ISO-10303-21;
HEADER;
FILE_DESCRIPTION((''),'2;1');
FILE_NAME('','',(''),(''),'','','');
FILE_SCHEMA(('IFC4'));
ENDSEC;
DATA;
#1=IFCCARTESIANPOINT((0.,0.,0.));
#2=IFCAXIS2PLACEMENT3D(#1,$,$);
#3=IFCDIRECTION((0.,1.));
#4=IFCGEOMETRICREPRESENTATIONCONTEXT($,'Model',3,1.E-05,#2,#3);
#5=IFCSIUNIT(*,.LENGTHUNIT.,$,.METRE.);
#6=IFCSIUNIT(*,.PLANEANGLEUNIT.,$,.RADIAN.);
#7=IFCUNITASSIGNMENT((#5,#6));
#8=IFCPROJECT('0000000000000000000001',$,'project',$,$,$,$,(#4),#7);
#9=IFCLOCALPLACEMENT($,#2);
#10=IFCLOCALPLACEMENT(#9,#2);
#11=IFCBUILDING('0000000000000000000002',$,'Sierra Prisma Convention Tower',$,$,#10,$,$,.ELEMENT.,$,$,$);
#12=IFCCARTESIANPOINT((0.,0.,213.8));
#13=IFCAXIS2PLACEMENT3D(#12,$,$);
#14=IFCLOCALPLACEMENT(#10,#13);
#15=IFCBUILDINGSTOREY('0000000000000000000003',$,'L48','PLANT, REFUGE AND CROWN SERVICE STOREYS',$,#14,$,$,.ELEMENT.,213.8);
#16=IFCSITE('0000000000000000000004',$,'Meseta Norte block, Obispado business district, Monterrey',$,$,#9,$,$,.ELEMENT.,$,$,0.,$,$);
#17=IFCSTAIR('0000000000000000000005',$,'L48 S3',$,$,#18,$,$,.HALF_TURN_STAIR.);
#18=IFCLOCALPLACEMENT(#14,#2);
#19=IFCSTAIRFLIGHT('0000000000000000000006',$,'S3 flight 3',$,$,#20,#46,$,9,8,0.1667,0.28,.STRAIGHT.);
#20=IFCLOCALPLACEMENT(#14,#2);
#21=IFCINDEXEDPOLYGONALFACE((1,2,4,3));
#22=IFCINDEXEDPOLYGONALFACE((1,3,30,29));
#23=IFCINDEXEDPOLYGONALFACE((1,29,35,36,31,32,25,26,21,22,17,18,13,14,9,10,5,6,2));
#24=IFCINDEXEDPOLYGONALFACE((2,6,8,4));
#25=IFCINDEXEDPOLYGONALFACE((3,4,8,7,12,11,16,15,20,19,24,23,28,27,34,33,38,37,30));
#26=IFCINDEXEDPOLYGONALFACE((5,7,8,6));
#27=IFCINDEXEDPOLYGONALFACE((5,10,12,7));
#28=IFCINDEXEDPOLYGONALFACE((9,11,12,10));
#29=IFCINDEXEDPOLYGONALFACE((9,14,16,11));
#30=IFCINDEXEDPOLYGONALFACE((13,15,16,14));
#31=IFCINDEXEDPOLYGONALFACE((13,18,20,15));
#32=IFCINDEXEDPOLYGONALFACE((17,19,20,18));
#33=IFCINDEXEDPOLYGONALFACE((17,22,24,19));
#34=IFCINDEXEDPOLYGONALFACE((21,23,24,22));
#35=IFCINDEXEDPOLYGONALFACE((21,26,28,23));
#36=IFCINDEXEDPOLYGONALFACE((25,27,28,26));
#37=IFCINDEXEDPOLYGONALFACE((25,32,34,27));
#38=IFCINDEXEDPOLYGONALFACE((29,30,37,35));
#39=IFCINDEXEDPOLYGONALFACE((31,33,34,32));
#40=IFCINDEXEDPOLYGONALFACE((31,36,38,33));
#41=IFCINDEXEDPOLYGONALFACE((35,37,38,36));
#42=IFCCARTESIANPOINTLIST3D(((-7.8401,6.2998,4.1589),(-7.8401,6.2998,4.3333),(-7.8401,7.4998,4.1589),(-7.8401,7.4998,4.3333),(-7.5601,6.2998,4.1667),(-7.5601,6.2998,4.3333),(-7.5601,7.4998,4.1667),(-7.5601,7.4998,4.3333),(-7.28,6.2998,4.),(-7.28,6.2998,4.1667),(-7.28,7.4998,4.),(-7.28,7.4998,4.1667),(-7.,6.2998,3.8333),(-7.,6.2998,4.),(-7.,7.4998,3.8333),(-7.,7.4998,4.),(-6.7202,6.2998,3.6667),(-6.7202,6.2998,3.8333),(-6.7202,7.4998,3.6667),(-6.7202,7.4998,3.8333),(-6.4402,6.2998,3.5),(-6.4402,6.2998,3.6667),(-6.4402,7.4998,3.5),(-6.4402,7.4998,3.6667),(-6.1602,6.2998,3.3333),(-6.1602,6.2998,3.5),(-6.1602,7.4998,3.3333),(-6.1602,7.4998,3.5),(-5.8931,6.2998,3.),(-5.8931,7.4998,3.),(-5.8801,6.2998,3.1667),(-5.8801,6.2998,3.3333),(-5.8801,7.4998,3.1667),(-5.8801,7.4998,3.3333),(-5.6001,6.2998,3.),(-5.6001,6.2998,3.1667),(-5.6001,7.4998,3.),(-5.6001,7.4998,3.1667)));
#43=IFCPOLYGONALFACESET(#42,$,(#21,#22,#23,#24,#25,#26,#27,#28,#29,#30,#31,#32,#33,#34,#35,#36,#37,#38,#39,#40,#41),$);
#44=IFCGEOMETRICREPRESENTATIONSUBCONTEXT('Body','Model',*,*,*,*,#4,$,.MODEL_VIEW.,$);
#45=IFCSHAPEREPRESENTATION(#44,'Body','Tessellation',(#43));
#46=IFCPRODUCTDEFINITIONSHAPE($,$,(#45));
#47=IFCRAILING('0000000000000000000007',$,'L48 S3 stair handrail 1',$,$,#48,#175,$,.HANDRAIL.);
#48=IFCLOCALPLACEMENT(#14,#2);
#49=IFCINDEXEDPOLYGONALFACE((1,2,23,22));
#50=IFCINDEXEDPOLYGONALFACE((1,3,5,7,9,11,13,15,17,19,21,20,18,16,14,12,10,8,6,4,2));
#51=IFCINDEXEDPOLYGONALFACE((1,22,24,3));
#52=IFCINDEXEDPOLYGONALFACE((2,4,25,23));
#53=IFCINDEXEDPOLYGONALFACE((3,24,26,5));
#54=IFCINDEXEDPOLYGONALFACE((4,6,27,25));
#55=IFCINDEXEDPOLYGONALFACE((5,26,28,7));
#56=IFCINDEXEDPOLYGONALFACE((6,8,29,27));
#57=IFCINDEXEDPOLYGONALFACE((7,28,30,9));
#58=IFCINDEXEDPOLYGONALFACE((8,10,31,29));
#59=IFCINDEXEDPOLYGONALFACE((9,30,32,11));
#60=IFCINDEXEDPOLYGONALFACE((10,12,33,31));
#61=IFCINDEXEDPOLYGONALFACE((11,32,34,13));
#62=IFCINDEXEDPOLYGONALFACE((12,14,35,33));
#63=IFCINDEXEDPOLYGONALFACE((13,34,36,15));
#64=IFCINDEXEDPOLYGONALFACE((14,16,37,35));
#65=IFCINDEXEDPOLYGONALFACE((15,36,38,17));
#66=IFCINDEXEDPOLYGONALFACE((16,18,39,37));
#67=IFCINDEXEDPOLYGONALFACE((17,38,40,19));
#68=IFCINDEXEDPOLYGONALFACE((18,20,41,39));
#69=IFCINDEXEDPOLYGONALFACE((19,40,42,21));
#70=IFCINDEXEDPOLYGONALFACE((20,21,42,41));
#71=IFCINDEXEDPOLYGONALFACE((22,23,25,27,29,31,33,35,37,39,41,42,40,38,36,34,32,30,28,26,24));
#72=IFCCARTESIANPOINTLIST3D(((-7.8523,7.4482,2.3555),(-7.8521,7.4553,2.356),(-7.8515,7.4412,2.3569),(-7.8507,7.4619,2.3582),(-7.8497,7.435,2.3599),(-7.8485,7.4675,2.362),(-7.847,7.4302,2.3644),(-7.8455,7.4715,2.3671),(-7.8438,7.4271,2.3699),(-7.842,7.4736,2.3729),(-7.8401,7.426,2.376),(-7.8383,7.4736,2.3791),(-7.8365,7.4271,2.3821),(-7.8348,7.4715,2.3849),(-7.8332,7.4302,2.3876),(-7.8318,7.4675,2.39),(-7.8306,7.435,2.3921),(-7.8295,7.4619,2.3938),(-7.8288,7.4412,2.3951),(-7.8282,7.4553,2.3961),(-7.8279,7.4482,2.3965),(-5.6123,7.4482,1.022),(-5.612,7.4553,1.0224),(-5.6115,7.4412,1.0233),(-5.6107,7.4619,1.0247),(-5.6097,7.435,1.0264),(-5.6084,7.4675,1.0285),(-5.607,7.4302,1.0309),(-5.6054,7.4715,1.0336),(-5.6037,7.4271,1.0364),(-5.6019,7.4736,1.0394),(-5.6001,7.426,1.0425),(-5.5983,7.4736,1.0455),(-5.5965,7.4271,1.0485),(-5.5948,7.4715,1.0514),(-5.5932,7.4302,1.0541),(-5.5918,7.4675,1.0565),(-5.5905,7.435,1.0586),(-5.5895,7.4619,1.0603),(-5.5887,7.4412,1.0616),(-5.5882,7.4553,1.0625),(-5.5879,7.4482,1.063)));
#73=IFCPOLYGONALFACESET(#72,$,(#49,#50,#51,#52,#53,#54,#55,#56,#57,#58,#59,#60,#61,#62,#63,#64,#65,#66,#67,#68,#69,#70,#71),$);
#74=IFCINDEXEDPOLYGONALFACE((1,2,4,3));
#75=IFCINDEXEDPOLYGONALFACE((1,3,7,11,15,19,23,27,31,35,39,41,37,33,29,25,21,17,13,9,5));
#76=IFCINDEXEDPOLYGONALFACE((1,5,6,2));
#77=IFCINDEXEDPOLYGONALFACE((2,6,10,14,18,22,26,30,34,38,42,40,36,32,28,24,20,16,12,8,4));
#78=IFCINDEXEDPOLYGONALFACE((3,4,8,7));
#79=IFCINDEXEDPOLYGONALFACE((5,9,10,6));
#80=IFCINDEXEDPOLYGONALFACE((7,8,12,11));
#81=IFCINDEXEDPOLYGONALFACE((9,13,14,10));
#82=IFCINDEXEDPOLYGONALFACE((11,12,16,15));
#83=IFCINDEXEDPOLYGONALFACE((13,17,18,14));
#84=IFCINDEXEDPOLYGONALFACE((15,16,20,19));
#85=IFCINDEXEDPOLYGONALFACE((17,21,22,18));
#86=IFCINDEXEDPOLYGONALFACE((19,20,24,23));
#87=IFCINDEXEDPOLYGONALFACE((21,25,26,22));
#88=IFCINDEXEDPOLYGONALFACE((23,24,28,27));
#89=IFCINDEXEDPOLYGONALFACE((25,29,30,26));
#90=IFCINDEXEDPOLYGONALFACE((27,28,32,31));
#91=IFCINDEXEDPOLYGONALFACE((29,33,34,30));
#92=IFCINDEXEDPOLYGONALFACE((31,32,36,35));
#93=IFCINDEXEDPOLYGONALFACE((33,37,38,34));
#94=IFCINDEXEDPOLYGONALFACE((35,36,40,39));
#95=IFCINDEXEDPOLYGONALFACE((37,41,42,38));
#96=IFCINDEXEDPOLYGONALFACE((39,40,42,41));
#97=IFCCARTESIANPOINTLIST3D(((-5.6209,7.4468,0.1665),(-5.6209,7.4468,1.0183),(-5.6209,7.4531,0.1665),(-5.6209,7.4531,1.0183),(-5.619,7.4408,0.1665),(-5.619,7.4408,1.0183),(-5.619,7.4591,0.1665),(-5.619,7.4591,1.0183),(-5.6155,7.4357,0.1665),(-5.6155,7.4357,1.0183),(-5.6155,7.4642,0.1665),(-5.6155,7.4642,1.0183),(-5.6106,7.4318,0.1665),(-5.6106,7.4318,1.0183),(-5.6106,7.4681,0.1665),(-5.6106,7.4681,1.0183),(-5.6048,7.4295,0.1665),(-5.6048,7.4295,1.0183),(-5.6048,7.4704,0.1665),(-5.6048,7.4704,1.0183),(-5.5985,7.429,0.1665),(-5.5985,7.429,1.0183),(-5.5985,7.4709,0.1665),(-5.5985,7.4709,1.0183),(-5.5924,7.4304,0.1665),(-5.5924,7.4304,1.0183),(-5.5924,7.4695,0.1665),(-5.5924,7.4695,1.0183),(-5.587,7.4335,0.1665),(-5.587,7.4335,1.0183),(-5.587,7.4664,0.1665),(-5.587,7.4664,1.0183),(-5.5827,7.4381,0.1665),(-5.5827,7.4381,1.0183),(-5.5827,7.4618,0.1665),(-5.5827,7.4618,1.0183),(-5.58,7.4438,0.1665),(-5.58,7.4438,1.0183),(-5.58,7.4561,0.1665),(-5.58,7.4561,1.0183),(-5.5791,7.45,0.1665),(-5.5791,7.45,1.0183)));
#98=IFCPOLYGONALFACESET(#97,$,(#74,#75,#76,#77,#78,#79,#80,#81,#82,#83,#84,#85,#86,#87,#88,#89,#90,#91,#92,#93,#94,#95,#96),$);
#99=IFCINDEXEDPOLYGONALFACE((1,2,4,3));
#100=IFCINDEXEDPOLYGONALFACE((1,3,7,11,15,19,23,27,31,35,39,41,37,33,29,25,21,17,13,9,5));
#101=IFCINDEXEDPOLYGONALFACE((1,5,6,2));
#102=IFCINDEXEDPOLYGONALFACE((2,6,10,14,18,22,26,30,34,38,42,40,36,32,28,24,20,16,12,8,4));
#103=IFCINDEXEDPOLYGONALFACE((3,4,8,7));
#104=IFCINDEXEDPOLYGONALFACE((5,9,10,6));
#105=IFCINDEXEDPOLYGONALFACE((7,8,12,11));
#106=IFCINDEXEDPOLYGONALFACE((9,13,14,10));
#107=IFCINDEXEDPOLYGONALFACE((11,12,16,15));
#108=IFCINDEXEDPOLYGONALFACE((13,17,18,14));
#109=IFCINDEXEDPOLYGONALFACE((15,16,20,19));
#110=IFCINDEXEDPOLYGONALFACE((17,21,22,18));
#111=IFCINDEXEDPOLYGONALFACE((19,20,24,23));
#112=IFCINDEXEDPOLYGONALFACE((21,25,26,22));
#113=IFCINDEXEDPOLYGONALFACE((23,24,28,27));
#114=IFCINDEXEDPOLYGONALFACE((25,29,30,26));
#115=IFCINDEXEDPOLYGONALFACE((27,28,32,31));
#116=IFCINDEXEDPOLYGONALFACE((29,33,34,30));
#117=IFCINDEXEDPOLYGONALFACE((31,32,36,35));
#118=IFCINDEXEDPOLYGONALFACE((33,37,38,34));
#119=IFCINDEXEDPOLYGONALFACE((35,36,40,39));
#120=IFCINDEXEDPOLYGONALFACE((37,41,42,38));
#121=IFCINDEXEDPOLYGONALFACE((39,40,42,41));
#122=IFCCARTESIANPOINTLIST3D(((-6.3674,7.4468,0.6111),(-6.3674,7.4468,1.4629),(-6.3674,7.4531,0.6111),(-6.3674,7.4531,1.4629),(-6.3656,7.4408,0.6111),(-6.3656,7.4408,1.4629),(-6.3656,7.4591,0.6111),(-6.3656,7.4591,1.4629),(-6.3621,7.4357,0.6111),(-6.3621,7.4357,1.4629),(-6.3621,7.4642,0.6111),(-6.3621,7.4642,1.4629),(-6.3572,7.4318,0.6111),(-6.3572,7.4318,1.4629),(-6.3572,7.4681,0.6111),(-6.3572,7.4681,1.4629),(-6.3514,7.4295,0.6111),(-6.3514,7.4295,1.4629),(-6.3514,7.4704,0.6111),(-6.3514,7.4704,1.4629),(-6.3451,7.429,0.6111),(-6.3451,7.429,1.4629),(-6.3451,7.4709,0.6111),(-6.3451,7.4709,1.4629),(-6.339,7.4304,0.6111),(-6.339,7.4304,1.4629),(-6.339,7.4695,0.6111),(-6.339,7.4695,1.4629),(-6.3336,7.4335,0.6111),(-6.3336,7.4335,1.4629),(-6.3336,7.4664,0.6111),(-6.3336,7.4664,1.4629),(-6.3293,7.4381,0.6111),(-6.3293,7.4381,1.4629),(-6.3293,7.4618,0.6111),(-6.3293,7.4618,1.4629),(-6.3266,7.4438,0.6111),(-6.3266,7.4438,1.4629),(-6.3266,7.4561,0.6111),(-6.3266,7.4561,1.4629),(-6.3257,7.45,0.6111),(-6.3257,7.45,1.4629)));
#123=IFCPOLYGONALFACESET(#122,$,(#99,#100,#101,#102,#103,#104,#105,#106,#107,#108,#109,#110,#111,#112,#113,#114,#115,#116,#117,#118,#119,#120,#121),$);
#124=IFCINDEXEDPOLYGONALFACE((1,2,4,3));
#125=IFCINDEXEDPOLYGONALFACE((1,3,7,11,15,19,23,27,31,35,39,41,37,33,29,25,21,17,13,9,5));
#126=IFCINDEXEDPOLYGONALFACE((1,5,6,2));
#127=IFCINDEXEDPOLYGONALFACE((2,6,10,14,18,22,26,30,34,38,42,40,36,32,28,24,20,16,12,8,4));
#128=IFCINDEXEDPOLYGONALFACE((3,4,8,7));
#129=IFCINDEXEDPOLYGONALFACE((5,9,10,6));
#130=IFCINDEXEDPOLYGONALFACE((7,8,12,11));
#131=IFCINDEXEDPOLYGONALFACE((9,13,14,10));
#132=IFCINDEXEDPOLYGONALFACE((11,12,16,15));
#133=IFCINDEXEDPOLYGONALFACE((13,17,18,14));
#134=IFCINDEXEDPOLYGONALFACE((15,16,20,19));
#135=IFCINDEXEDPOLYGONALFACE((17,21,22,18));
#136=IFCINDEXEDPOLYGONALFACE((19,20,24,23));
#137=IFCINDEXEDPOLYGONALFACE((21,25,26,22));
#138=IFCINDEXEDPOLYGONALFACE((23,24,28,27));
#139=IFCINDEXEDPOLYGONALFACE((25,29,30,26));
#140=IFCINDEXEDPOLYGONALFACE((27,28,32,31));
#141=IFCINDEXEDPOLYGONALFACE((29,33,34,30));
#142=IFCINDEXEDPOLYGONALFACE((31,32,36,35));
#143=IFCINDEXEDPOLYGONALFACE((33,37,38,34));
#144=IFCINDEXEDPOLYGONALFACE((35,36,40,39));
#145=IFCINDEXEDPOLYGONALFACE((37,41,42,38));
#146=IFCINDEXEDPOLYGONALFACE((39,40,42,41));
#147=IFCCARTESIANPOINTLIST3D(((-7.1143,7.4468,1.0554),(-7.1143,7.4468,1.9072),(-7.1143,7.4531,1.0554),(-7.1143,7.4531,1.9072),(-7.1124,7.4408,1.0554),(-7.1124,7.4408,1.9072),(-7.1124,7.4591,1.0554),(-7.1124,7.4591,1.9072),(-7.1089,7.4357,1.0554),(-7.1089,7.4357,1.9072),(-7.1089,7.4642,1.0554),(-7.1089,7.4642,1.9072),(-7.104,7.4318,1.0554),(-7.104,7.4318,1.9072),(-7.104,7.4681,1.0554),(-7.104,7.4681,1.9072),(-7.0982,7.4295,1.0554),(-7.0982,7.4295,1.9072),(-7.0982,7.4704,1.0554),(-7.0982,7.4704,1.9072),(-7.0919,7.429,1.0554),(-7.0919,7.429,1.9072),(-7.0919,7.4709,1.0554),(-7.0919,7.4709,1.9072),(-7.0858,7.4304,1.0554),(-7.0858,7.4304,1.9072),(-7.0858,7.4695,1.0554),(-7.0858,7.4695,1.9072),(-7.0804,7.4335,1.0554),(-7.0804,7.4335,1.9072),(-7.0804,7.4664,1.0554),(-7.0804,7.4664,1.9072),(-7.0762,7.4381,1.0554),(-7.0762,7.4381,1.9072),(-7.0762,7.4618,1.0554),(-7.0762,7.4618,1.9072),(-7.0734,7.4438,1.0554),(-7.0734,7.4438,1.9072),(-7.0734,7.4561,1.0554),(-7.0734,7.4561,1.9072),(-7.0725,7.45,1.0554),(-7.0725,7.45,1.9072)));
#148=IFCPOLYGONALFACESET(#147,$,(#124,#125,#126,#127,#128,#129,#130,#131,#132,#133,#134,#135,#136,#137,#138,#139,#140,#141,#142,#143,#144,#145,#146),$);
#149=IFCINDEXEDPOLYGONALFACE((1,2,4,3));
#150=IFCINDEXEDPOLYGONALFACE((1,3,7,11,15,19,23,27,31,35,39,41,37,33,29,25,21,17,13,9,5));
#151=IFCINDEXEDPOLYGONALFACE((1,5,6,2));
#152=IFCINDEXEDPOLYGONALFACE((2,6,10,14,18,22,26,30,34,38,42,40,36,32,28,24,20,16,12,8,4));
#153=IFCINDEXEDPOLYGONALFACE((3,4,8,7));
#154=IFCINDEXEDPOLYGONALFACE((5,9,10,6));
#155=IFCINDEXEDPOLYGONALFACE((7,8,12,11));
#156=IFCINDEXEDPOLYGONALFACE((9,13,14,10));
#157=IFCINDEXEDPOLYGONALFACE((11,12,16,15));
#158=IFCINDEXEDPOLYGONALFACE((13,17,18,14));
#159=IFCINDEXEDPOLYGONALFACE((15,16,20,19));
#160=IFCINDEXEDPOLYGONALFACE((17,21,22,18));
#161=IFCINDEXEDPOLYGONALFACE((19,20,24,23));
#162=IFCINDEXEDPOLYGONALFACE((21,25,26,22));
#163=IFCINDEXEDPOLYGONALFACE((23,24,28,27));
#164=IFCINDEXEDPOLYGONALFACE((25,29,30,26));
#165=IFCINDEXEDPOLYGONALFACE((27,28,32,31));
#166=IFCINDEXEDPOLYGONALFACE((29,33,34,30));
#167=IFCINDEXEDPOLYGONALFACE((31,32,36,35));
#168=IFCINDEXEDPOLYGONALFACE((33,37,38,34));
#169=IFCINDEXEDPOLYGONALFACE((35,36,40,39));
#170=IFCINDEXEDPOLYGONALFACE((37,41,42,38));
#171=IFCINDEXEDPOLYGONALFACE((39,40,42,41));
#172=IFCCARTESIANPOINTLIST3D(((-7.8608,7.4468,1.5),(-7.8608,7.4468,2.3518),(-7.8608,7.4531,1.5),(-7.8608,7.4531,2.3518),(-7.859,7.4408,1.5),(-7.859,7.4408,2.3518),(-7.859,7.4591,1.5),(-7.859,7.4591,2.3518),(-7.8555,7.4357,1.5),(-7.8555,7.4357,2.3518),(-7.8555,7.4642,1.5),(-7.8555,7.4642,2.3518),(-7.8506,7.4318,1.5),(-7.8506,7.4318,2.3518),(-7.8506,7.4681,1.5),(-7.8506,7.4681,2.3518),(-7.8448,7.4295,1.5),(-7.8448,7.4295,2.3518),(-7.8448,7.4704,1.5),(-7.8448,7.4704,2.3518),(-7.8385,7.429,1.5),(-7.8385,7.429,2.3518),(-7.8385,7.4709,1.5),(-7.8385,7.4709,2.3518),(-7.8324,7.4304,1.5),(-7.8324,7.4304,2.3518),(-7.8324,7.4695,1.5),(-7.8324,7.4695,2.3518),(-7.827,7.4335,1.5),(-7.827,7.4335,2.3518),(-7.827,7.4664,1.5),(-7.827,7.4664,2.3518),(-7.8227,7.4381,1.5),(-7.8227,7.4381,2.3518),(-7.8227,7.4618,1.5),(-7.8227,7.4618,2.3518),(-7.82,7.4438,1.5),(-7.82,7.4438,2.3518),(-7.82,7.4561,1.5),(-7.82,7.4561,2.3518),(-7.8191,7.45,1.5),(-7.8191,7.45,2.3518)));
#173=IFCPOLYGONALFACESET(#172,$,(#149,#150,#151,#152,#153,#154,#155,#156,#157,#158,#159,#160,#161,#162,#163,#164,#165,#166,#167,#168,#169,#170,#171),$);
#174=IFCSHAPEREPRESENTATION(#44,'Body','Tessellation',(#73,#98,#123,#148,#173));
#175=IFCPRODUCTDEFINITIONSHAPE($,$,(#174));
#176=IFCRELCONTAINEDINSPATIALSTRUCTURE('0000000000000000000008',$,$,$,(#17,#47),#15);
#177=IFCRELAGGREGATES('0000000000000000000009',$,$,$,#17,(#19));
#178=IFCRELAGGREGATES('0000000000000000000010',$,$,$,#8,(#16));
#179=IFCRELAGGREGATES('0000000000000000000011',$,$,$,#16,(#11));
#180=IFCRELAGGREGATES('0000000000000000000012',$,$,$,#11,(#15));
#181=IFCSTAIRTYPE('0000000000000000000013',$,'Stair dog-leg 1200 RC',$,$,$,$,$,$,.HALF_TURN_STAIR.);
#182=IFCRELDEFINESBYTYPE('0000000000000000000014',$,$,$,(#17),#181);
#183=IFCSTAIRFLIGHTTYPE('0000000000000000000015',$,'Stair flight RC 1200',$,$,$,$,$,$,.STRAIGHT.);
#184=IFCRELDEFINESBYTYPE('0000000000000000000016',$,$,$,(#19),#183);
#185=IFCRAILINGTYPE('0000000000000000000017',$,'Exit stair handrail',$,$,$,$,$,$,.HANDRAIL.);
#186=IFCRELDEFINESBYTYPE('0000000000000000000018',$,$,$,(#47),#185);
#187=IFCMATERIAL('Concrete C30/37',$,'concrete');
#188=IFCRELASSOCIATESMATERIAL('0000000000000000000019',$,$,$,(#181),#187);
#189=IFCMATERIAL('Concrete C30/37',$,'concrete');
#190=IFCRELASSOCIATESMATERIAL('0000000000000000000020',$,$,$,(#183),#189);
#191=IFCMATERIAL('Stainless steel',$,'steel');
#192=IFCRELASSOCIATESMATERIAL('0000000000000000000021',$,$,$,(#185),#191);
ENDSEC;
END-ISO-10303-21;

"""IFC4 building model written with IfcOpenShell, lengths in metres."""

from ifc_helpers import new_model, si_unit, direction, frame, origin, origin_2d, place, context, subcontext, project, spatial, polyline, circle, outline, extrude, material, type_object, element, aggregate, save


model = new_model("IFC4")

# Units and contexts
model_context = context("Model", 3, precision=1e-05, world=origin(), true_north=direction((0.0, 1.0)))
body_context = subcontext(model_context, "Body", "Model", "MODEL_VIEW")
ifc_project = project(units=[si_unit("LENGTHUNIT", "METRE"), si_unit("PLANEANGLEUNIT", "RADIAN")], contexts=[model_context])

# Site, building, storey
site_placement = place(None, origin())
site = spatial("IfcSite", under=ifc_project, at=site_placement, Name="Meseta Norte block, Obispado business district, Monterrey", CompositionType="ELEMENT", RefElevation=0.0)
building_placement = place(site_placement, origin())
building = spatial("IfcBuilding", under=site, at=building_placement, Name="Sierra Prisma Convention Tower", CompositionType="ELEMENT")
storey_placement = place(building_placement, frame((0.0, 0.0, 213.8)))
storey = spatial("IfcBuildingStorey", under=building, at=storey_placement, Name="L48", Description="PLANT, REFUGE AND CROWN SERVICE STOREYS", CompositionType="ELEMENT", Elevation=213.8)

# Stair, stair flight
ifc_material_1 = material(Name="Concrete C30/37", Category="concrete")
stair_type = type_object("IfcStairType", Name="Stair dog-leg 1200 RC", PredefinedType="HALF_TURN_STAIR", material=ifc_material_1)
stair_placement = place(storey_placement, origin())
stair = element("IfcStair", 1, at=stair_placement, inside=storey, type_object=stair_type, Name="L48 S3", PredefinedType="HALF_TURN_STAIR")
ifc_material_2 = material(Name="Concrete C30/37", Category="concrete")
stair_flight_type = type_object("IfcStairFlightType", Name="Stair flight RC 1200", PredefinedType="STRAIGHT", material=ifc_material_2)
stair_flight_1_placement = place(storey_placement, frame((-5.6001, 6.8999, 3.0), z_axis=(0.0, 0.0, 1.0), x_axis=(-1.0, 0.0, 0.0)))
stair_flight_1 = element("IfcStairFlight", 2, at=stair_flight_1_placement, type_object=stair_flight_type, Name="S3 flight 3", NumberOfRisers=9, NumberOfTreads=8, PredefinedType="STRAIGHT", RiserHeight=0.1667, TreadLength=0.28, context=body_context, shape_type="SweptSolid", body=[
    extrude(outline(polyline([(0.0, 0.0), (0.0, 0.1667), (0.28, 0.1667), (0.28, 0.3333), (0.5601, 0.3333), (0.5601, 0.5), (0.8401, 0.5), (0.8401, 0.6667), (1.1201, 0.6667), (1.1201, 0.8333), (1.3999, 0.8333), (1.3999, 1.0), (1.6799, 1.0), (1.6799, 1.1667), (1.96, 1.1667), (1.96, 1.3333), (2.24, 1.3333), (2.24, 1.5), (2.24, 1.1589), (0.293, 0.0), (0.0, 0.0)])), frame((0.0, 0.6001, 0.0), z_axis=(0.0, -1.0, 0.0), x_axis=(1.0, 0.0, 0.0)), (0.0, 0.0, 1.0), 1.2),
])
aggregate(stair, [stair_flight_1])

# Railing
ifc_material_3 = material(Name="Stainless steel", Category="steel")
railing_type_1 = type_object("IfcRailingType", Name="Exit stair handrail", PredefinedType="HANDRAIL", material=ifc_material_3)
for number, where, name in (
    (3, (-5.6001, 7.45, 0.1665), "L48 S3 stair handrail 1"),
):
    element("IfcRailing", number, at=place(storey_placement, frame(where)), inside=storey, type_object=railing_type_1, Name=name, PredefinedType="HANDRAIL", context=body_context, shape_type="SweptSolid", body=[
        extrude(circle(Radius=0.0239, at=origin_2d()), frame((0.0, 0.0, 0.876), z_axis=(-0.859264, 0.0, 0.511532), x_axis=(0.0, -1.0, 0.0)), (0.0, 0.0, 1.0), 2.6069),
        extrude(circle(Radius=0.021, at=origin_2d()), origin(), (0.0, 0.0, 1.0), 0.8518),
        extrude(circle(Radius=0.021, at=origin_2d()), frame((-0.7466, 0.0, 0.4446)), (0.0, 0.0, 1.0), 0.8518),
        extrude(circle(Radius=0.021, at=origin_2d()), frame((-1.4934, 0.0, 0.8889)), (0.0, 0.0, 1.0), 0.8518),
        extrude(circle(Radius=0.021, at=origin_2d()), frame((-2.24, 0.0, 1.3335)), (0.0, 0.0, 1.0), 0.8518),
    ])

save(model, "model.ifc")
